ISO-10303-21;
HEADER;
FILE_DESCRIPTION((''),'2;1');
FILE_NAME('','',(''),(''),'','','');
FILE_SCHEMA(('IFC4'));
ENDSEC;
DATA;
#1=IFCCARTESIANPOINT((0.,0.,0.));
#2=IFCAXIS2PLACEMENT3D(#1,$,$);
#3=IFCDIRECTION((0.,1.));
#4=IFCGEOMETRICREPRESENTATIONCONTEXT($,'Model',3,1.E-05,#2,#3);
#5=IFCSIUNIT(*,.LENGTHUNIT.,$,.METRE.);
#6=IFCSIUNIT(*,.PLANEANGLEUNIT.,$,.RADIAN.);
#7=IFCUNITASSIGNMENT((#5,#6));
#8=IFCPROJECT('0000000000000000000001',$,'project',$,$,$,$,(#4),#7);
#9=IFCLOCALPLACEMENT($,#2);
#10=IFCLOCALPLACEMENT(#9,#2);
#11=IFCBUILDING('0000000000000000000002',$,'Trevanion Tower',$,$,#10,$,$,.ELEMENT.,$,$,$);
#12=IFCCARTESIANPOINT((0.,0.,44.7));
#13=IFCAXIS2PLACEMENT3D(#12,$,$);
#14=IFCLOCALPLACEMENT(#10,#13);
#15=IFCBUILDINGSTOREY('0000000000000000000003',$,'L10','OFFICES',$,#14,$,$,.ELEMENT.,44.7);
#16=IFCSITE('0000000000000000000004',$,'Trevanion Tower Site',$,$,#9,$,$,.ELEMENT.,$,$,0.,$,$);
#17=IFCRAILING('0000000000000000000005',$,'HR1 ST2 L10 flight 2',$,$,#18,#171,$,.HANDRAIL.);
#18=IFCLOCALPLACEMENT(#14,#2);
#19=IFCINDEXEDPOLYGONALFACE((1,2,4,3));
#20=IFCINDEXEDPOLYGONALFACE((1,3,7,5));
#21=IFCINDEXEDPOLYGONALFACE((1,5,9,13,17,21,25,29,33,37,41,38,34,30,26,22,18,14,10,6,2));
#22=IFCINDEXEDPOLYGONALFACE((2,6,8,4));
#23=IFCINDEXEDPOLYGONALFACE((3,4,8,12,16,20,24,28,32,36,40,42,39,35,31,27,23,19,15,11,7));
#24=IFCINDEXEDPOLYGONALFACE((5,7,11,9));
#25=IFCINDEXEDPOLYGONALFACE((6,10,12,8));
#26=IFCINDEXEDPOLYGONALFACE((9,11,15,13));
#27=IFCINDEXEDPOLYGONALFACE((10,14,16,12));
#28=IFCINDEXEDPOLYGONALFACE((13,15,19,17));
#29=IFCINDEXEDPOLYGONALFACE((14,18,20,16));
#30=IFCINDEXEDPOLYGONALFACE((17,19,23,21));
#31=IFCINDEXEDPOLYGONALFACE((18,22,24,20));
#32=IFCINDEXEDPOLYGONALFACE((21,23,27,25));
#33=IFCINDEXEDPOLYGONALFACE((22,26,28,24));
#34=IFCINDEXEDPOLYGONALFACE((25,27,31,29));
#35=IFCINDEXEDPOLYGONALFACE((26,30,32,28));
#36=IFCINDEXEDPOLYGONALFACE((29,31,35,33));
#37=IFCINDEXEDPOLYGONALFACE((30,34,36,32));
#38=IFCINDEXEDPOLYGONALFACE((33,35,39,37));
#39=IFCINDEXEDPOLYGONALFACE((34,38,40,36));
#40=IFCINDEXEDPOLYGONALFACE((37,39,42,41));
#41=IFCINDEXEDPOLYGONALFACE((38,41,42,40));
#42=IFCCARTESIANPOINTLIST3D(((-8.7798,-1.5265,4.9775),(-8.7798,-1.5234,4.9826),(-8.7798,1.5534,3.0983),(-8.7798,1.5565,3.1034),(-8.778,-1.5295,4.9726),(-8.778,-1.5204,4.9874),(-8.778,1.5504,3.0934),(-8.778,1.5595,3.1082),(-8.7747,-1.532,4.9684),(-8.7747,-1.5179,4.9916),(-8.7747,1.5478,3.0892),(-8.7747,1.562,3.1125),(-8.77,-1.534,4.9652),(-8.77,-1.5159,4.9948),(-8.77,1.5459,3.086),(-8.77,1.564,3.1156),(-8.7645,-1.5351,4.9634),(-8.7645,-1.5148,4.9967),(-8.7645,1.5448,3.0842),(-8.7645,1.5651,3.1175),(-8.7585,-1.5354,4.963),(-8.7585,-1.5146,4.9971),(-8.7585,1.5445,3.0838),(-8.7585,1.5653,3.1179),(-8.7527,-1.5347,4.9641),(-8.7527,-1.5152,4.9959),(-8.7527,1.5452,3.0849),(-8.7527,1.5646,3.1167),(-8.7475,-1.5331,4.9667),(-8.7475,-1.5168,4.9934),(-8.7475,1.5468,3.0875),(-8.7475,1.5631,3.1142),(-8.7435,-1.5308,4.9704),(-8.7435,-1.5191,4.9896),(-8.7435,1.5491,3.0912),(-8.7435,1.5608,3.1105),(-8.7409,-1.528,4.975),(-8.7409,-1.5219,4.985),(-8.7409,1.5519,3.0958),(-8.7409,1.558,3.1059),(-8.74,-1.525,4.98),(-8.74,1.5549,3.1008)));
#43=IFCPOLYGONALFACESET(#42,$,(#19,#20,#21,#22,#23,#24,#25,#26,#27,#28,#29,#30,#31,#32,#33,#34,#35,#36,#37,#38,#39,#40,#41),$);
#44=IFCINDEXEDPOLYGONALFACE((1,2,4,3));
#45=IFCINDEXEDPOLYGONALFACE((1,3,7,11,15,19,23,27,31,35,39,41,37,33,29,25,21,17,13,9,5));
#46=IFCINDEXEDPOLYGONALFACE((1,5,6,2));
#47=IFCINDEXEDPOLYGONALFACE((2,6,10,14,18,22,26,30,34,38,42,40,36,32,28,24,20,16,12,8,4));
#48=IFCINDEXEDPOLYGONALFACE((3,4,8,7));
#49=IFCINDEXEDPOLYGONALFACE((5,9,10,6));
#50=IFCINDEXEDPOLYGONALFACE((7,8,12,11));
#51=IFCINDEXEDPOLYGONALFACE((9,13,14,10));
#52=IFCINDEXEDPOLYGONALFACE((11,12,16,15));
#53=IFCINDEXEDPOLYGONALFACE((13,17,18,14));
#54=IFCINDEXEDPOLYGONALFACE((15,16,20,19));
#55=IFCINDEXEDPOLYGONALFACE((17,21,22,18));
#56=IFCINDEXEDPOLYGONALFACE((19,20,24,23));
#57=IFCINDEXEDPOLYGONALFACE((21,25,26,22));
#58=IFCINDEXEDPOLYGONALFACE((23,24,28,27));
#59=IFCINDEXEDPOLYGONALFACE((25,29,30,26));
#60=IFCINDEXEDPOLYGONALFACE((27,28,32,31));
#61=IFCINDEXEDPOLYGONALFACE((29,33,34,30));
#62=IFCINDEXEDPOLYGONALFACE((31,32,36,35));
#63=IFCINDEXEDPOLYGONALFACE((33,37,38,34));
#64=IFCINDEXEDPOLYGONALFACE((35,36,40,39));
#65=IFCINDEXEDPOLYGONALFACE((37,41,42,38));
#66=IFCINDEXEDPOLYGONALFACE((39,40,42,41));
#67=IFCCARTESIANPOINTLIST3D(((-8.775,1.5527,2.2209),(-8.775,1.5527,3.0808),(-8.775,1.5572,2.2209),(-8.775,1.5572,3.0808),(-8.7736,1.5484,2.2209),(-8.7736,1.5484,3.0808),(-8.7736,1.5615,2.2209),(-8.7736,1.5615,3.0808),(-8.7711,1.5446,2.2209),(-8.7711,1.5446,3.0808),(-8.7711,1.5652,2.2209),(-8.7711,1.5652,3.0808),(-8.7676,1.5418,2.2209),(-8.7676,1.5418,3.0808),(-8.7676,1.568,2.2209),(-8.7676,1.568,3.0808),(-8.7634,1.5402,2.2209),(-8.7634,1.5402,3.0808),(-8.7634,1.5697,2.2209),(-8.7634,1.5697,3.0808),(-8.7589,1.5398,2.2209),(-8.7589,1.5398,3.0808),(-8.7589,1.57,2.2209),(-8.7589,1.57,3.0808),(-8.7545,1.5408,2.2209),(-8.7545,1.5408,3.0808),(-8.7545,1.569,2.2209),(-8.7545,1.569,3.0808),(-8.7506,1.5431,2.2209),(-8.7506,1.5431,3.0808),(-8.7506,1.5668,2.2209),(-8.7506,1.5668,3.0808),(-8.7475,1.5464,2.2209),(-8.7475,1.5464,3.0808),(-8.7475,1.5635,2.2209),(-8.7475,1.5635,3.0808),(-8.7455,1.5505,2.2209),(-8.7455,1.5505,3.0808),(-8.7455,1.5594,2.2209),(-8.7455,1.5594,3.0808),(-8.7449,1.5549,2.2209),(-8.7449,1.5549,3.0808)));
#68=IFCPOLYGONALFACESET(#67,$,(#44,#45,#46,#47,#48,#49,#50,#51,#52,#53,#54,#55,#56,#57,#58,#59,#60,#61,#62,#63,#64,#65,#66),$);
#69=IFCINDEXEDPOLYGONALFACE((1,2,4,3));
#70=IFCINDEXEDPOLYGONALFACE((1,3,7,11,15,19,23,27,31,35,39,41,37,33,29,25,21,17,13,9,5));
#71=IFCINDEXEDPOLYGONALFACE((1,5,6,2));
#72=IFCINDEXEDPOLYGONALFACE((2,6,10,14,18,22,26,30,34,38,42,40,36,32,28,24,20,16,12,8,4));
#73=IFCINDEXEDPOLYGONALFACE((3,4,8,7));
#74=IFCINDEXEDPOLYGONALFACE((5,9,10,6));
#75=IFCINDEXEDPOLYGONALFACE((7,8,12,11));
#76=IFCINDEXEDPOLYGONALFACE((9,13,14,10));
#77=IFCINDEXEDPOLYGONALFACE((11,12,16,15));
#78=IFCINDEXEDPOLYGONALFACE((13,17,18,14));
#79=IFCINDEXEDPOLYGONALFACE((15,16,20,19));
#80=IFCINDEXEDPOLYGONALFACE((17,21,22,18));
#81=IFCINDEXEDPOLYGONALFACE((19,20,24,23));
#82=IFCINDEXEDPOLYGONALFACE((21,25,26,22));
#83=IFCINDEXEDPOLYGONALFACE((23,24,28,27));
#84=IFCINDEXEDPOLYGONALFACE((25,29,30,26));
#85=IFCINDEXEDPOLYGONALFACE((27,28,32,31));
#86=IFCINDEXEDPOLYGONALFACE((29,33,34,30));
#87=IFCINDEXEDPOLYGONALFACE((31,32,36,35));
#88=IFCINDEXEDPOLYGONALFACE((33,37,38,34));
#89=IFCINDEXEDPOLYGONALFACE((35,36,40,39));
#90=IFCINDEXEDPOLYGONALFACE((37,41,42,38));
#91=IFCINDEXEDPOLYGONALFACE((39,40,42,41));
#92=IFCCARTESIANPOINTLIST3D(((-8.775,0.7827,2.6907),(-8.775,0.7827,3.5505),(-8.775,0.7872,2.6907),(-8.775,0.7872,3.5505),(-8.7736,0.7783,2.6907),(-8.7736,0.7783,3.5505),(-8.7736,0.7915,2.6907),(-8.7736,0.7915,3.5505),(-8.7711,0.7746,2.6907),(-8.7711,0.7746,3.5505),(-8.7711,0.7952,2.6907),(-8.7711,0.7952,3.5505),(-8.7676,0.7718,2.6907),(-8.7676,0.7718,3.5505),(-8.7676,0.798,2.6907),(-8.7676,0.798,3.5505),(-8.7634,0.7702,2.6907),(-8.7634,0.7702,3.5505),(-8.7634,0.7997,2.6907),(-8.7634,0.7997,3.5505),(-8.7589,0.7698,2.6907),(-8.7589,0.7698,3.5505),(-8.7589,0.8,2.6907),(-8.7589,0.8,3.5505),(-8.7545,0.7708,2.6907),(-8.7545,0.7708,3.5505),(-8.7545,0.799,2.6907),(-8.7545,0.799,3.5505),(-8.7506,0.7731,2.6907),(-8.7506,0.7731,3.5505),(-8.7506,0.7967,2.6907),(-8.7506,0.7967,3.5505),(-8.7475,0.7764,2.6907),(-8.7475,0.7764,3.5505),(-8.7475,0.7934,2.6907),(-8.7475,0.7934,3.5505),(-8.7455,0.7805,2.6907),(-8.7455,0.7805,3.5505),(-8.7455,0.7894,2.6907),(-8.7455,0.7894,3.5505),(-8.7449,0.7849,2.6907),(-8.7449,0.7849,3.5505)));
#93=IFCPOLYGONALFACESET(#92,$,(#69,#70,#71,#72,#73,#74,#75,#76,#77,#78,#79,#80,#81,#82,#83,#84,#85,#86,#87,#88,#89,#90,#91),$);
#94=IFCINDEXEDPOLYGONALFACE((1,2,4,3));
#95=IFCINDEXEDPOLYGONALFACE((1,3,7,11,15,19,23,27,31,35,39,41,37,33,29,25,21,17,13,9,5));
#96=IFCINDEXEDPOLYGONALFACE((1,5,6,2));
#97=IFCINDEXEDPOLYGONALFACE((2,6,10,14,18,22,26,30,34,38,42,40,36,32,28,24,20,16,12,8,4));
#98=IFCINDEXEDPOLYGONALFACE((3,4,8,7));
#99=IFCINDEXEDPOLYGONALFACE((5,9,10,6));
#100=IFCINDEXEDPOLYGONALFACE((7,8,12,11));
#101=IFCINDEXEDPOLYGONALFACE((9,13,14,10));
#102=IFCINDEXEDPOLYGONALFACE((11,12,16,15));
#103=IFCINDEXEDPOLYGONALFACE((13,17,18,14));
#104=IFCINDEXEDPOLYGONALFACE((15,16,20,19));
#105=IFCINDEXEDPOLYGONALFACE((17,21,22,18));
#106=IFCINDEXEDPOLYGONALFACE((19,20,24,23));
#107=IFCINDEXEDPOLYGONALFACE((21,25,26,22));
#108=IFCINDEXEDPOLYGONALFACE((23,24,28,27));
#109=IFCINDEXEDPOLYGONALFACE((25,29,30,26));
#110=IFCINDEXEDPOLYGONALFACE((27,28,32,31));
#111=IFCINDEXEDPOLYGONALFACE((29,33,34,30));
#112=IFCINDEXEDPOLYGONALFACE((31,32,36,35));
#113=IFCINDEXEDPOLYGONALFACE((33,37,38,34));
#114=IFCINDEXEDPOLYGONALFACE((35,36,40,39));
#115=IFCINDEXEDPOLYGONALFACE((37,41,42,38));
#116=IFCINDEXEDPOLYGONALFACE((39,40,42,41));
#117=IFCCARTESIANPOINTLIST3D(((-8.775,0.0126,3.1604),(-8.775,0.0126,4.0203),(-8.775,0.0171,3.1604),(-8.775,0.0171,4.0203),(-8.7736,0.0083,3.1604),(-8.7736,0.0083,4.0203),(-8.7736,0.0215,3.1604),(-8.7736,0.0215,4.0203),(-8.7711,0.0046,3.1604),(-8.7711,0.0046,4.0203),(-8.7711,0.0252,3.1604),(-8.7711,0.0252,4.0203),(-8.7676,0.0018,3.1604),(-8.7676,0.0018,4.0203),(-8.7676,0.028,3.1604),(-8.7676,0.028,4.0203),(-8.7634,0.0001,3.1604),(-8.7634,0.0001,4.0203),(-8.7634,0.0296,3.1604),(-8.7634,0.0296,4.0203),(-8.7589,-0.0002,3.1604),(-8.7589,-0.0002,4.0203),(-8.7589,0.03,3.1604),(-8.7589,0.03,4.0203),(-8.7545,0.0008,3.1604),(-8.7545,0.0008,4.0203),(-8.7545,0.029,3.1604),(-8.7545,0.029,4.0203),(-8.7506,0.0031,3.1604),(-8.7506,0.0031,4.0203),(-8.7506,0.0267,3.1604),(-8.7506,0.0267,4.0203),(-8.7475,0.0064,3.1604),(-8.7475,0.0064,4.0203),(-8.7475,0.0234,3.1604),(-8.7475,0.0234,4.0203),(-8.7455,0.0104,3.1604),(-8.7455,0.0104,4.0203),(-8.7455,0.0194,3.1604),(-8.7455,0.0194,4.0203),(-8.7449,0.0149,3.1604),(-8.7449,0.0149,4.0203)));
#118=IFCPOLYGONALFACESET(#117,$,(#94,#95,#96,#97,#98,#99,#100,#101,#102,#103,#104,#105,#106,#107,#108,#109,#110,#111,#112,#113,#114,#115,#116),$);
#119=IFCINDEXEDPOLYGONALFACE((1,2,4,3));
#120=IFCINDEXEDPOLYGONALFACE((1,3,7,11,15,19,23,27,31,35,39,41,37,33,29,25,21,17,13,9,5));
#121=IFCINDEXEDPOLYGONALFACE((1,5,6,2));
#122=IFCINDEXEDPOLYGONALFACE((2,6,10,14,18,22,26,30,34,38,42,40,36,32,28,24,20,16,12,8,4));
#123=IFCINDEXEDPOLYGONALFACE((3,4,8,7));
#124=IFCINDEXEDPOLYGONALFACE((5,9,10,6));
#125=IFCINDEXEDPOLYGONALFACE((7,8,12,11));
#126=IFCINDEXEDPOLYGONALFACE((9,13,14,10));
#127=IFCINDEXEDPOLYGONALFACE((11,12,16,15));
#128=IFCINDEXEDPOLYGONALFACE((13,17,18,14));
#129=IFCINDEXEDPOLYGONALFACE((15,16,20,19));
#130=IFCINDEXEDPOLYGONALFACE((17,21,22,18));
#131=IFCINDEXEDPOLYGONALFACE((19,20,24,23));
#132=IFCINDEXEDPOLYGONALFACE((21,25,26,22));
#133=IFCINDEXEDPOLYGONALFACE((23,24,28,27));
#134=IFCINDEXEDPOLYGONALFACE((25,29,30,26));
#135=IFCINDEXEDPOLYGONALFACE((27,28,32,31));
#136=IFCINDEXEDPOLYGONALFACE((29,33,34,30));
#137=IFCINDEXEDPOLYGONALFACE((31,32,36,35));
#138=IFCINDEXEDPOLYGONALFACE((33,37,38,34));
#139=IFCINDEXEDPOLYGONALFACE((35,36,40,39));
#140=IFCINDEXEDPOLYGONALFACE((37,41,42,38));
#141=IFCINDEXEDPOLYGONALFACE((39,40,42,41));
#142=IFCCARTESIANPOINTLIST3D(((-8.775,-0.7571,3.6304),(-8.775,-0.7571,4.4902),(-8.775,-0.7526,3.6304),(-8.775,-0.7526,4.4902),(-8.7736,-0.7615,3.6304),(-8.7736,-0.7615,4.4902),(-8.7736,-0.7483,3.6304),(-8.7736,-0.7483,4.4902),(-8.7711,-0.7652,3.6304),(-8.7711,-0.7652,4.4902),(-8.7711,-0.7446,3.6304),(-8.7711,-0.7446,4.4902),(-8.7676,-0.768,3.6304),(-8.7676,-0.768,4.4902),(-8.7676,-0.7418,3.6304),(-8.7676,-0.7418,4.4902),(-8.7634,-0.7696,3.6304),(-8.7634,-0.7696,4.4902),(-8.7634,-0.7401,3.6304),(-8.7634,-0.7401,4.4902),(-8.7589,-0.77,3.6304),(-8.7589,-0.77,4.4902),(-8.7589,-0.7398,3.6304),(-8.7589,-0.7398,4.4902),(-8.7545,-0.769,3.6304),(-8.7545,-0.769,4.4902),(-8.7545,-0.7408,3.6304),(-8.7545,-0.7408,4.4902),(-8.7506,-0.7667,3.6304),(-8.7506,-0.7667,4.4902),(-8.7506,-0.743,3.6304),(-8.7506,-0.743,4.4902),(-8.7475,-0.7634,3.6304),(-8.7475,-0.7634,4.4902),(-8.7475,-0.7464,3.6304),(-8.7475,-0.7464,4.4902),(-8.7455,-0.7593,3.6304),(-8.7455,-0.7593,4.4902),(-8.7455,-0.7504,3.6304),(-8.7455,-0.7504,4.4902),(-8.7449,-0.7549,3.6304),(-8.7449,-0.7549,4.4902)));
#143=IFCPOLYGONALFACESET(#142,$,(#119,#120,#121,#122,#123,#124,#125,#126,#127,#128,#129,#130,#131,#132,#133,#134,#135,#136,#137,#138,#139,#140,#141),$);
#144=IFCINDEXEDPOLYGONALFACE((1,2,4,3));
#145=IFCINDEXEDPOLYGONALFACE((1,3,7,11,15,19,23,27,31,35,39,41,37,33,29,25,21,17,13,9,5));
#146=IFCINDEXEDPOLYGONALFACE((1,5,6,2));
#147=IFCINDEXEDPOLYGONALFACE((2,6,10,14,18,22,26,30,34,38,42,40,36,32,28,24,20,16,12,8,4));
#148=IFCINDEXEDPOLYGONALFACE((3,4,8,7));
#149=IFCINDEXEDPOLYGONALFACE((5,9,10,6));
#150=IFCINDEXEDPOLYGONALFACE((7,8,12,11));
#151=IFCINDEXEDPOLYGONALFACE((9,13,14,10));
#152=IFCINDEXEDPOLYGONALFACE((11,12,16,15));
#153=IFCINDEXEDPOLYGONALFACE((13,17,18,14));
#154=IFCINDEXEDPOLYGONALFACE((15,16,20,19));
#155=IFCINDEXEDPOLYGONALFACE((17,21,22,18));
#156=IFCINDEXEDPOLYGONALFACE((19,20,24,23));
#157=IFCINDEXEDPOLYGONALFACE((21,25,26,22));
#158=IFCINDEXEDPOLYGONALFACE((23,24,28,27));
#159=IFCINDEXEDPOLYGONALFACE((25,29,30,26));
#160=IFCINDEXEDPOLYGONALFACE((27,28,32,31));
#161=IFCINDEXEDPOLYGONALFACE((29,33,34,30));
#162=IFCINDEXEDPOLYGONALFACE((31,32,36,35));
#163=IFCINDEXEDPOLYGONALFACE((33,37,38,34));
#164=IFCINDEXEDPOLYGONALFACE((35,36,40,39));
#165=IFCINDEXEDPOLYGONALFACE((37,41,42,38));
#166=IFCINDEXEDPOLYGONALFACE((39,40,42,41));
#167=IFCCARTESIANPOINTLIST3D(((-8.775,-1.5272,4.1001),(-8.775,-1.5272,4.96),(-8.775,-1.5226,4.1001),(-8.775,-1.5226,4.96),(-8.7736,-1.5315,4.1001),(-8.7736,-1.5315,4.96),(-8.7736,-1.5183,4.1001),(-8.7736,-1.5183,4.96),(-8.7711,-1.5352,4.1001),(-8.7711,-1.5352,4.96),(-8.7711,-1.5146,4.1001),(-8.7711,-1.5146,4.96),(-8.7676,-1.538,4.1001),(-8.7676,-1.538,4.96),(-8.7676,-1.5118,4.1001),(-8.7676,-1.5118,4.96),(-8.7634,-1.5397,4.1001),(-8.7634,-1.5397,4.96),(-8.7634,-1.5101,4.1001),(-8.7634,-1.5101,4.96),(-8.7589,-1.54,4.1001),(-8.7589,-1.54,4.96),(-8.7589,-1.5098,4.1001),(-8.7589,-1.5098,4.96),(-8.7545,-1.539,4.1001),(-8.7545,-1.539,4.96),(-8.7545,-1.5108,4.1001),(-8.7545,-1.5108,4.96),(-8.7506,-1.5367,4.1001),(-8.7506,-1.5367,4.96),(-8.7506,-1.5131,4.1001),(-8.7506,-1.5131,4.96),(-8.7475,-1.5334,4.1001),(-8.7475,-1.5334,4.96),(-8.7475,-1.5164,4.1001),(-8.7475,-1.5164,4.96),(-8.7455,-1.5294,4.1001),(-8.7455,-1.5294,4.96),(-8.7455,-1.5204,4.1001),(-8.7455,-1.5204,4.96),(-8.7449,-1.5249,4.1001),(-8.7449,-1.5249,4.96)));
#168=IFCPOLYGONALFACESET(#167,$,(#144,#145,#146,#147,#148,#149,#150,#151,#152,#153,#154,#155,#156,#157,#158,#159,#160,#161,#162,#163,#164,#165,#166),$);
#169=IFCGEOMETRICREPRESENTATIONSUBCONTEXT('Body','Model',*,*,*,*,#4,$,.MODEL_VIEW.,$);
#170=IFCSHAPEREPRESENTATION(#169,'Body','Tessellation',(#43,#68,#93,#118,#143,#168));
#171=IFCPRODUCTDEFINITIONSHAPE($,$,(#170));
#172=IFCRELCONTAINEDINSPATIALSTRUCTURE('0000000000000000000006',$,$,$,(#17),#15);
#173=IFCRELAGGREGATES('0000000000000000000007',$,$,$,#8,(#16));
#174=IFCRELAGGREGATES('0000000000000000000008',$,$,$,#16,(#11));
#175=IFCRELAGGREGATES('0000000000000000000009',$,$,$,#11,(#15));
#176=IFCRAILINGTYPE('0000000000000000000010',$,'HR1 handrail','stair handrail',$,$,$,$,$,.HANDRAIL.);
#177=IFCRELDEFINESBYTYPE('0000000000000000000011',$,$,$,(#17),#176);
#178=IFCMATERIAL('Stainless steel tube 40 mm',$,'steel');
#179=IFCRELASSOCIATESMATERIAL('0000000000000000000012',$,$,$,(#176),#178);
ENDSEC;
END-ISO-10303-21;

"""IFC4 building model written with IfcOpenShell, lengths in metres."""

from ifc_helpers import new_model, si_unit, direction, frame, origin, origin_2d, place, context, subcontext, project, spatial, circle, extrude, material, type_object, element, save


model = new_model("IFC4")

# Units and contexts
model_context = context("Model", 3, precision=1e-05, world=origin(), true_north=direction((0.0, 1.0)))
body_context = subcontext(model_context, "Body", "Model", "MODEL_VIEW")
ifc_project = project(units=[si_unit("LENGTHUNIT", "METRE"), si_unit("PLANEANGLEUNIT", "RADIAN")], contexts=[model_context])

# Site, building, storey
site_placement = place(None, origin())
site = spatial("IfcSite", under=ifc_project, at=site_placement, Name="Trevanion Tower Site", CompositionType="ELEMENT", RefElevation=0.0)
building_placement = place(site_placement, origin())
building = spatial("IfcBuilding", under=site, at=building_placement, Name="Trevanion Tower", CompositionType="ELEMENT")
storey_placement = place(building_placement, frame((0.0, 0.0, 44.7)))
storey = spatial("IfcBuildingStorey", under=building, at=storey_placement, Name="L10", Description="OFFICES", CompositionType="ELEMENT", Elevation=44.7)

# Railing
ifc_material_1 = material(Name="Stainless steel tube 40 mm", Category="steel")
railing_type = type_object("IfcRailingType", Name="HR1 handrail", Description="stair handrail", PredefinedType="HANDRAIL", material=ifc_material_1)
for number, where, name in (
    (1, (-8.76, 1.5549, 2.2209), "HR1 ST2 L10 flight 2"),
):
    element("IfcRailing", number, at=place(storey_placement, frame(where)), inside=storey, type_object=railing_type, Name=name, PredefinedType="HANDRAIL", context=body_context, shape_type="SweptSolid", body=[
        extrude(circle(Radius=0.02, at=origin_2d()), frame((0.0, 0.0, 0.8799), z_axis=(0.0, -0.853648, 0.52085), x_axis=(1.0, 0.0, 0.0)), (0.0, 0.0, 1.0), 3.6079),
        extrude(circle(Radius=0.0151, at=origin_2d()), origin(), (0.0, 0.0, 1.0), 0.8599),
        extrude(circle(Radius=0.0151, at=origin_2d()), frame((0.0, -0.77, 0.4697)), (0.0, 0.0, 1.0), 0.8599),
        extrude(circle(Radius=0.0151, at=origin_2d()), frame((0.0, -1.54, 0.9395)), (0.0, 0.0, 1.0), 0.8599),
        extrude(circle(Radius=0.0151, at=origin_2d()), frame((0.0, -2.3098, 1.4094)), (0.0, 0.0, 1.0), 0.8599),
        extrude(circle(Radius=0.0151, at=origin_2d()), frame((0.0, -3.0798, 1.8792)), (0.0, 0.0, 1.0), 0.8599),
    ])

save(model, "model.ifc")
